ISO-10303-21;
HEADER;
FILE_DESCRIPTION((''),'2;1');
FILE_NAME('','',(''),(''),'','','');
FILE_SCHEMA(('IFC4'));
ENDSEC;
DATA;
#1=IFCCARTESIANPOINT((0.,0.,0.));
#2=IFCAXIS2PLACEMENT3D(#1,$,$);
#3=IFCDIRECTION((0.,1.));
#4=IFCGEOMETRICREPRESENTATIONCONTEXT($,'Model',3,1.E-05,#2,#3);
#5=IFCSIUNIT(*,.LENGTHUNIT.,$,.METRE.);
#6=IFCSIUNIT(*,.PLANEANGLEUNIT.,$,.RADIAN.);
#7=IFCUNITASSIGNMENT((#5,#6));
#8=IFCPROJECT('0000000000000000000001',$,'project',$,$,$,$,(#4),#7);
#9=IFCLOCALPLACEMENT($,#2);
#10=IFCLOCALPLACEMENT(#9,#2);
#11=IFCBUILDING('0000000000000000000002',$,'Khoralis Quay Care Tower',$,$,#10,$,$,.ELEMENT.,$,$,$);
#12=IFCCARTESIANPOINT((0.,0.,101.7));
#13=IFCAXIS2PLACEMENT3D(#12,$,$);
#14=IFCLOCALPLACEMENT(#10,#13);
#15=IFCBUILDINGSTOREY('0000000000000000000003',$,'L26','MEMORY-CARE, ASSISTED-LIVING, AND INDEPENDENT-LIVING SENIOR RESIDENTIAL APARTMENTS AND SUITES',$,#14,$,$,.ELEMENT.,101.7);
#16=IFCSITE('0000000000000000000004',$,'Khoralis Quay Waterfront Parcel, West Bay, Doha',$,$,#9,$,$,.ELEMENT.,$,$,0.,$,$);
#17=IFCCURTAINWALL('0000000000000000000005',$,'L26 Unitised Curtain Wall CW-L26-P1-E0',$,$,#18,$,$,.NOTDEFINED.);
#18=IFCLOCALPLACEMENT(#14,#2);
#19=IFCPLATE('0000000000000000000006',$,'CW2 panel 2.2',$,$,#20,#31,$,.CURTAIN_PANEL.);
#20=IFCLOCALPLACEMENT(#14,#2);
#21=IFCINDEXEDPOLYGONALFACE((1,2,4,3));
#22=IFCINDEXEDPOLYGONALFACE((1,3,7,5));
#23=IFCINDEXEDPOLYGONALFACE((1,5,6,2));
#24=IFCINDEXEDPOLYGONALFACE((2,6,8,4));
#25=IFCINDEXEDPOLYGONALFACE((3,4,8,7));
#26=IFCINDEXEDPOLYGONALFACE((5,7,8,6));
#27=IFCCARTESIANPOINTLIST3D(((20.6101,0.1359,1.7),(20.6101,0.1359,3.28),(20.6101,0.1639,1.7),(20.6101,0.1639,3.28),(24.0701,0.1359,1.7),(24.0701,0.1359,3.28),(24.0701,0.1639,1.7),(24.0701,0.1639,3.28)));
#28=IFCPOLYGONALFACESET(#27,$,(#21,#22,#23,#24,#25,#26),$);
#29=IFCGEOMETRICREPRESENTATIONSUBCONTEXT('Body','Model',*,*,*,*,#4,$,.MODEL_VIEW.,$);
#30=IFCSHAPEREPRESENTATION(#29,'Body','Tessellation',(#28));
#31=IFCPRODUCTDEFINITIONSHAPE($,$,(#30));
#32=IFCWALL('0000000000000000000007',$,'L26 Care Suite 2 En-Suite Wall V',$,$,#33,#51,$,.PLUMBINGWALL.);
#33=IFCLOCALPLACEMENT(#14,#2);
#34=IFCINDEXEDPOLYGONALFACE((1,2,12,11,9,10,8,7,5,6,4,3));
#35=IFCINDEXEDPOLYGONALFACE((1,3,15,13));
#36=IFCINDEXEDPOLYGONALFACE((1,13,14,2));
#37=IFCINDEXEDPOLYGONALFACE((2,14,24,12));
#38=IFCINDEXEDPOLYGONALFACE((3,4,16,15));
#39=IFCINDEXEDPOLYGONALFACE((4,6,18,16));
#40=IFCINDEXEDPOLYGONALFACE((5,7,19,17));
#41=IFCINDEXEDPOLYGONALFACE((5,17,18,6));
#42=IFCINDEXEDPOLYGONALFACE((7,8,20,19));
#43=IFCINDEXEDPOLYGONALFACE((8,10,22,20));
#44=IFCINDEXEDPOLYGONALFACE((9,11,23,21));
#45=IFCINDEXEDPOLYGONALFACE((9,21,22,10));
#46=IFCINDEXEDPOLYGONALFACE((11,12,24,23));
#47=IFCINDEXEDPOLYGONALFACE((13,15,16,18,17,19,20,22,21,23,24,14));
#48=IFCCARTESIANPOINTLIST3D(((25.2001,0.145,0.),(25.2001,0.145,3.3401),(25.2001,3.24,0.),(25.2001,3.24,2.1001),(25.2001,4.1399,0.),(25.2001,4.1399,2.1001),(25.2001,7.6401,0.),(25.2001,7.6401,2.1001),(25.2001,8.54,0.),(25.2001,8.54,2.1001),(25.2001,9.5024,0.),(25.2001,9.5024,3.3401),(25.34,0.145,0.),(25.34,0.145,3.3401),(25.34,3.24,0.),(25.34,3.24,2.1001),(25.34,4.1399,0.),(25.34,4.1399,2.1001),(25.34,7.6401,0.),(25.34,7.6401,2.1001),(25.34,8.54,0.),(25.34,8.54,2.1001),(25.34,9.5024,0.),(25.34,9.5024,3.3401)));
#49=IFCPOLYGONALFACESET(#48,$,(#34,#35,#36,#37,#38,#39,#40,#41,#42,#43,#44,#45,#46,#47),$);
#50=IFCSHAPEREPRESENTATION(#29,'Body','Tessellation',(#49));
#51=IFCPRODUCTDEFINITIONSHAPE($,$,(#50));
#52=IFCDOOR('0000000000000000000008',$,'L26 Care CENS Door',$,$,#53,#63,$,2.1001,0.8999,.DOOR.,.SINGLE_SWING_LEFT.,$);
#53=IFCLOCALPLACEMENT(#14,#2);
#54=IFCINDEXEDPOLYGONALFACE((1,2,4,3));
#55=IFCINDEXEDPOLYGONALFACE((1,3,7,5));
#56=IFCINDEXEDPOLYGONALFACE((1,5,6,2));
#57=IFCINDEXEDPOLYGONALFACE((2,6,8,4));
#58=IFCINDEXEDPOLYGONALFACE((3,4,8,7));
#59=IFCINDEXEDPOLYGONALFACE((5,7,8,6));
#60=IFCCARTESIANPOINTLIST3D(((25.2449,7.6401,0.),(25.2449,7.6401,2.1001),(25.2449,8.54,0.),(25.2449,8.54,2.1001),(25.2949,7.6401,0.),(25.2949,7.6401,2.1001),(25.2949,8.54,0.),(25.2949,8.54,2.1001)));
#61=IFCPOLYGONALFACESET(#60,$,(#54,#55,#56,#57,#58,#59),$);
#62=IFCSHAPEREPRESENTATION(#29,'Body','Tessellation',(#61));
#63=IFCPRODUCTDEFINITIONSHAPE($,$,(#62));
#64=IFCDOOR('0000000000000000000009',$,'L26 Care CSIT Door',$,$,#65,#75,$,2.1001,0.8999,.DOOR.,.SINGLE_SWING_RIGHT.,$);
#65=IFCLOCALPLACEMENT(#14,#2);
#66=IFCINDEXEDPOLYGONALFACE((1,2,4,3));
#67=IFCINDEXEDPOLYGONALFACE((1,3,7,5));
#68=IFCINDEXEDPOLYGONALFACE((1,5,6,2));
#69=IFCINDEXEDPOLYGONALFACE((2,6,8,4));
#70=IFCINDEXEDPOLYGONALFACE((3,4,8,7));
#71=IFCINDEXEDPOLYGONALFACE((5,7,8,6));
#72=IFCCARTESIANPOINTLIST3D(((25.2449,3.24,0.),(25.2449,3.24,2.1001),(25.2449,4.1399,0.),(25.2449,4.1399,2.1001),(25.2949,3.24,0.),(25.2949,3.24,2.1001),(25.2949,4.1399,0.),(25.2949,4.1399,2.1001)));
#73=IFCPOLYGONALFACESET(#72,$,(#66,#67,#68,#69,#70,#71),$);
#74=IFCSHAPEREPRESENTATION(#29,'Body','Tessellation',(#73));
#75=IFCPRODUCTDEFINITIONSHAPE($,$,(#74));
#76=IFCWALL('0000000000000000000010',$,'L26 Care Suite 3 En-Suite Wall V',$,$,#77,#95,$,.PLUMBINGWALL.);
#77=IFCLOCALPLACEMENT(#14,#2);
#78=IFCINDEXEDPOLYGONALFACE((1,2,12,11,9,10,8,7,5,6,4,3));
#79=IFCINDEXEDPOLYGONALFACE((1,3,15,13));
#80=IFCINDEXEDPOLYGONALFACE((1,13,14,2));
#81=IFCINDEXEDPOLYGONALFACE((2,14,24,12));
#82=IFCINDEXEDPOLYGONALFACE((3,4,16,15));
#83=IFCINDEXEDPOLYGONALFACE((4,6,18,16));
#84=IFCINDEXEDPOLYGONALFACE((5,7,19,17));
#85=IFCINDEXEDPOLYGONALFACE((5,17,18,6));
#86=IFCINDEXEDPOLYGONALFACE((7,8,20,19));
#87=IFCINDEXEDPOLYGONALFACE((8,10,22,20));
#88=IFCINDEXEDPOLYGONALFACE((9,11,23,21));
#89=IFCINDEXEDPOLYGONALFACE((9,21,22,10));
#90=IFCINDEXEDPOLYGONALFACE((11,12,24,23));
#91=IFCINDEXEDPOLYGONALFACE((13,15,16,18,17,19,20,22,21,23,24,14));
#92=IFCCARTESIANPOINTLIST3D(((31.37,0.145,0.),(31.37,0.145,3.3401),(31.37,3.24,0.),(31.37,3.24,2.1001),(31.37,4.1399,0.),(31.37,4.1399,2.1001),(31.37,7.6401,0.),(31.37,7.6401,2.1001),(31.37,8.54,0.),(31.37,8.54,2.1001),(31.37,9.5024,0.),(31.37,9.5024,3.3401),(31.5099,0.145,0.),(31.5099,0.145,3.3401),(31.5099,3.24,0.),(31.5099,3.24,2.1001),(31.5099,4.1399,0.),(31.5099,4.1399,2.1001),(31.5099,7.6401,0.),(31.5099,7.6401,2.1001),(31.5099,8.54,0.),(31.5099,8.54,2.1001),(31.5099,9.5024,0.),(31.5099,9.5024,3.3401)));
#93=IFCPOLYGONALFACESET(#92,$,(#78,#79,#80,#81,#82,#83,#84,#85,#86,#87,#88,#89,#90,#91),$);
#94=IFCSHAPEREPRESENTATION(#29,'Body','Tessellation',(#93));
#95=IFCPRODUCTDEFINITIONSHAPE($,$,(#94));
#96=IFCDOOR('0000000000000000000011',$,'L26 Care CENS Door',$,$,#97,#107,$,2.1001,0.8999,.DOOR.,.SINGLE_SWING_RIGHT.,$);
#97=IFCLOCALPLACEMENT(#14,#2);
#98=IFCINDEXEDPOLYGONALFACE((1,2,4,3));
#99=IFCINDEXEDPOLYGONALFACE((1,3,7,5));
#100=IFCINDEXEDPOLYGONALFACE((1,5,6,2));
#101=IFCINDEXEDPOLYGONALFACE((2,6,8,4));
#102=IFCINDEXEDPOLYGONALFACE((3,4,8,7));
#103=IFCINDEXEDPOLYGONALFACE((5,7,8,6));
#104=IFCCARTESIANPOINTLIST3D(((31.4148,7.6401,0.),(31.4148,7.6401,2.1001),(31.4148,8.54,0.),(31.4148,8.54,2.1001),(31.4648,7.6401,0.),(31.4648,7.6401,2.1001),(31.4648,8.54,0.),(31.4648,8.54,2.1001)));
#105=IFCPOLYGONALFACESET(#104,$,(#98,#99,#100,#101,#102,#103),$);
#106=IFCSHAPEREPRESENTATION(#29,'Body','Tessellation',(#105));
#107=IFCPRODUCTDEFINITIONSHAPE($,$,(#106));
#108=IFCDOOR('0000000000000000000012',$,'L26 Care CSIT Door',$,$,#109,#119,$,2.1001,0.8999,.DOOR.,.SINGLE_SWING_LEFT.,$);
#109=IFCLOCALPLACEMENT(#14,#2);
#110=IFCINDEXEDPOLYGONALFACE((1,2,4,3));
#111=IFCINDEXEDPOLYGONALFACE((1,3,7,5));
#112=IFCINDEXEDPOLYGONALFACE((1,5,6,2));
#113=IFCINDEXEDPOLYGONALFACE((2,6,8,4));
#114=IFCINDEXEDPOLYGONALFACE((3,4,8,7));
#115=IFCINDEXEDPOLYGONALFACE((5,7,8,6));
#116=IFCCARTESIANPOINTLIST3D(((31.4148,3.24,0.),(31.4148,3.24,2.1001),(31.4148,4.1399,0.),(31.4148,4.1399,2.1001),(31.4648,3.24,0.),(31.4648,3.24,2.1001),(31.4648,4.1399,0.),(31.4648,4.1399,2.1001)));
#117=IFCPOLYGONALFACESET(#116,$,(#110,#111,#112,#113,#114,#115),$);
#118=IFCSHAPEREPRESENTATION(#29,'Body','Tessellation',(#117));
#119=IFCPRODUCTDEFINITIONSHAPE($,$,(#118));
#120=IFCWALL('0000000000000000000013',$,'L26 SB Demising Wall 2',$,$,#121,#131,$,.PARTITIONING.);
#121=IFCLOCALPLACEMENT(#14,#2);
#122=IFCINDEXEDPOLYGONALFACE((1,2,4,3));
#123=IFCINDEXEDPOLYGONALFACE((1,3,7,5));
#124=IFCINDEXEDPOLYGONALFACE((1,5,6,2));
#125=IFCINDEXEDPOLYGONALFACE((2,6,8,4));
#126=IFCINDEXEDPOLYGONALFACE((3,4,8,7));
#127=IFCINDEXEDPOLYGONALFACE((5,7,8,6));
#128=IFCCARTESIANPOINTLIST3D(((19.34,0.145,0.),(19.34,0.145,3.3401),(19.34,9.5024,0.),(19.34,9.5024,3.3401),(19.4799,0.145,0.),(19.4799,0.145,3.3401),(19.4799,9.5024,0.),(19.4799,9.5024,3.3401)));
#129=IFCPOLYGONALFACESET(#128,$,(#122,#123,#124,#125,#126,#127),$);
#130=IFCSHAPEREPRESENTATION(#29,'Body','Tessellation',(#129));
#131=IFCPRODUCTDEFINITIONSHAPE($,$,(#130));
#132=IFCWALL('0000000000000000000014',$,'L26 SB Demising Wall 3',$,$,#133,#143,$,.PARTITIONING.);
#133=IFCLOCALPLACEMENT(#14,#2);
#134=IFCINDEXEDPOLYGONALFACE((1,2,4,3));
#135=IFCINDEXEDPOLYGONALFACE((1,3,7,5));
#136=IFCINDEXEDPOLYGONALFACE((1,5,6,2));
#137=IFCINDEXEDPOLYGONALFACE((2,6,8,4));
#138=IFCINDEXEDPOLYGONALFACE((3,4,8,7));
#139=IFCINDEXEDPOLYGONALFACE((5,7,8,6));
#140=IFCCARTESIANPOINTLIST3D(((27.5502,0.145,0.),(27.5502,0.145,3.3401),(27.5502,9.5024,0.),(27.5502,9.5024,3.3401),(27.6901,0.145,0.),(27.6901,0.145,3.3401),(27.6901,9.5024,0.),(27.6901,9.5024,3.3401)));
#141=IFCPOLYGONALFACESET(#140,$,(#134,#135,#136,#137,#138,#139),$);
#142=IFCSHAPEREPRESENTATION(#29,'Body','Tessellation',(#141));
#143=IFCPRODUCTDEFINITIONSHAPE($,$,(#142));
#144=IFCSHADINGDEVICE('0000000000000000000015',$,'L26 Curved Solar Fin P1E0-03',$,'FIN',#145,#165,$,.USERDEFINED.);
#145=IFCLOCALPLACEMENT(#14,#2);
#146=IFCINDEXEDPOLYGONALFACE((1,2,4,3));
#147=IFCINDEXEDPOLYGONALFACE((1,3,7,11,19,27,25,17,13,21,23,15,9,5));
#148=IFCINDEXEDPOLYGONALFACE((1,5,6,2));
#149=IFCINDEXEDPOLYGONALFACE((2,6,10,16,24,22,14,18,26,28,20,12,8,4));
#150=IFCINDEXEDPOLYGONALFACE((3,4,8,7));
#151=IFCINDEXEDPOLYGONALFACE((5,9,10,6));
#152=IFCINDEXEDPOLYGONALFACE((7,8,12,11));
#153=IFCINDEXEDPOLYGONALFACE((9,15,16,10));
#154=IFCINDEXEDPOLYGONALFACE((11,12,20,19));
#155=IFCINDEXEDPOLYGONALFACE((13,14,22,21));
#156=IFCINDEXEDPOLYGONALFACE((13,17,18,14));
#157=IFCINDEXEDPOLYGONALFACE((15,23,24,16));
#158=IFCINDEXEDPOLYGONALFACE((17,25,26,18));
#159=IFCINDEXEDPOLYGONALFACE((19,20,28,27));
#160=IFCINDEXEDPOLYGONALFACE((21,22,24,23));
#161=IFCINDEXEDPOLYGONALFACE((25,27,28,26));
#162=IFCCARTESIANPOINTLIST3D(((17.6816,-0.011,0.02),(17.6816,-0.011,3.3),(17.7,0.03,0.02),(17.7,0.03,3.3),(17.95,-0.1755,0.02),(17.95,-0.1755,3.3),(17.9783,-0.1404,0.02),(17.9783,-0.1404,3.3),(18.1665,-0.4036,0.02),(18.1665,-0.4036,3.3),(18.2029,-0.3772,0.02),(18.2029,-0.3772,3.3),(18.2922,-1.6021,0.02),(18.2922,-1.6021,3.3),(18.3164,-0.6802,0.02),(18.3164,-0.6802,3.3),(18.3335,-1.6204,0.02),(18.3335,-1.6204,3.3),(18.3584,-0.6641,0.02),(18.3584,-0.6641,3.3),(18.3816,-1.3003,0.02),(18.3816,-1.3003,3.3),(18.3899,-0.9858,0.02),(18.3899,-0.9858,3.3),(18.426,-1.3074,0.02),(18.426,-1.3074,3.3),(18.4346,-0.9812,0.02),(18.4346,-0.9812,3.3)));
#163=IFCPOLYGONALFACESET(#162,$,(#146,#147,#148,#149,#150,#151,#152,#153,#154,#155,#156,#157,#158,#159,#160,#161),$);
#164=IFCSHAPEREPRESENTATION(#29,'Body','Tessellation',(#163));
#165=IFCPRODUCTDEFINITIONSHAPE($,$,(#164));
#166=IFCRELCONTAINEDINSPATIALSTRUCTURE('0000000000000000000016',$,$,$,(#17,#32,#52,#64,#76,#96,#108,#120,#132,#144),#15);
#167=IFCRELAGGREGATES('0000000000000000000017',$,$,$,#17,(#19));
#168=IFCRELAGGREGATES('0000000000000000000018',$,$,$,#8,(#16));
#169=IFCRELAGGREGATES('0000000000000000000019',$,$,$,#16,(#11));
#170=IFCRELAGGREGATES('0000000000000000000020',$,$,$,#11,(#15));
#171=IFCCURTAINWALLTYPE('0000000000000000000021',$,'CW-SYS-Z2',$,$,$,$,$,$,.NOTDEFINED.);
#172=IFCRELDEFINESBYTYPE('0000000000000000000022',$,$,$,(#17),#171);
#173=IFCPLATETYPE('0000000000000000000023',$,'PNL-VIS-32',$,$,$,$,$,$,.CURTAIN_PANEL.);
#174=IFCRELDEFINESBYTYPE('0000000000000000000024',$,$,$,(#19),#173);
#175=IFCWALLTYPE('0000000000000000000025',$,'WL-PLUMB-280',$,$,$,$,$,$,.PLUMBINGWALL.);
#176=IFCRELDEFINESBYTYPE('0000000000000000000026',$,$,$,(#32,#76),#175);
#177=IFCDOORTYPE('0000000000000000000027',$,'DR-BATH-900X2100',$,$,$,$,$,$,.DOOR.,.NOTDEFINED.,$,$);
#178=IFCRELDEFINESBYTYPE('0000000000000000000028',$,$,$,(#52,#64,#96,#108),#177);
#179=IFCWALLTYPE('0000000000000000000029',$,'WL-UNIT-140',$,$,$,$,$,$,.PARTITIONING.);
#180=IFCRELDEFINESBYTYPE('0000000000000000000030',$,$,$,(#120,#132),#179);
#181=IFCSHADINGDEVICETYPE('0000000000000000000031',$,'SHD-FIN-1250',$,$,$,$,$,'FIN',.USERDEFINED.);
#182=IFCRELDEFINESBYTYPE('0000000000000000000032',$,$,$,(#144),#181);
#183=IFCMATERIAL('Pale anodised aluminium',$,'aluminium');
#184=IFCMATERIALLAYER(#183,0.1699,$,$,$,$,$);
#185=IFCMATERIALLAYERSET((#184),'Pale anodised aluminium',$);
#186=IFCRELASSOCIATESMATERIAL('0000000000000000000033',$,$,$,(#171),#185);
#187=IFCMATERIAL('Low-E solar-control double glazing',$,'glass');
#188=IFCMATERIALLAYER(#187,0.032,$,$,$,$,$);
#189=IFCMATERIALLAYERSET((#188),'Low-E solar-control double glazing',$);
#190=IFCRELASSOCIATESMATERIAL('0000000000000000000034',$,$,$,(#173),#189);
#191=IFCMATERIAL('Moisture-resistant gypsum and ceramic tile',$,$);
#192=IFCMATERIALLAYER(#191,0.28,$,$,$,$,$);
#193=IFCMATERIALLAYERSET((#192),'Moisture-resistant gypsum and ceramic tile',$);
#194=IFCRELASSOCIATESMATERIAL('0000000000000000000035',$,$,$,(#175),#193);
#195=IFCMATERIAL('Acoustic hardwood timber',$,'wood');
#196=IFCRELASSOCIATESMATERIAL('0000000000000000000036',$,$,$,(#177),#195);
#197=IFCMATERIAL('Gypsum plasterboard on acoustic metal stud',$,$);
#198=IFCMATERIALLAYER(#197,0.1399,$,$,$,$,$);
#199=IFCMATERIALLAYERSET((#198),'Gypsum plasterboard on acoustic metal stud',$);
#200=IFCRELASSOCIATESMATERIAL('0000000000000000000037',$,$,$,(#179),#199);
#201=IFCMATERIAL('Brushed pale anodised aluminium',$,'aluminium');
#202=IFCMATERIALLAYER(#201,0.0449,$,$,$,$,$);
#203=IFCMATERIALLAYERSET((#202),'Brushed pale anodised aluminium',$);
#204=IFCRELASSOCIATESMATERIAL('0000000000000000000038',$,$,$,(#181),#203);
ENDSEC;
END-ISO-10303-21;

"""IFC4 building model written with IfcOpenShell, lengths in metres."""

from ifc_helpers import new_model, si_unit, direction, frame, frame_2d, origin, origin_2d, place, context, subcontext, project, spatial, polyline, rectangle, outline, extrude, source, transform, mapped, material, layer, layer_set, type_object, element, fill, aggregate, save


model = new_model("IFC4")

# Units and contexts
model_context = context("Model", 3, precision=1e-05, world=origin(), true_north=direction((0.0, 1.0)))
body_context = subcontext(model_context, "Body", "Model", "MODEL_VIEW")
ifc_project = project(units=[si_unit("LENGTHUNIT", "METRE"), si_unit("PLANEANGLEUNIT", "RADIAN")], contexts=[model_context])

# Site, building, storey
site_placement = place(None, origin())
site = spatial("IfcSite", under=ifc_project, at=site_placement, Name="Khoralis Quay Waterfront Parcel, West Bay, Doha", CompositionType="ELEMENT", RefElevation=0.0)
building_placement = place(site_placement, origin())
building = spatial("IfcBuilding", under=site, at=building_placement, Name="Khoralis Quay Care Tower", CompositionType="ELEMENT")
storey_placement = place(building_placement, frame((0.0, 0.0, 101.7)))
storey = spatial("IfcBuildingStorey", under=building, at=storey_placement, Name="L26", Description="MEMORY-CARE, ASSISTED-LIVING, AND INDEPENDENT-LIVING SENIOR RESIDENTIAL APARTMENTS AND SUITES", CompositionType="ELEMENT", Elevation=101.7)

# Curtain wall, plate
ifc_material_1 = material(Name="Pale anodised aluminium", Category="aluminium")
ifc_layer_1 = layer(ifc_material_1, 0.1699)
ifc_layer_set_1 = layer_set([ifc_layer_1], Name="Pale anodised aluminium")
curtain_wall_type = type_object("IfcCurtainWallType", Name="CW-SYS-Z2", PredefinedType="NOTDEFINED", material=ifc_layer_set_1)
curtain_wall_placement = place(storey_placement, origin())
curtain_wall = element("IfcCurtainWall", 1, at=curtain_wall_placement, inside=storey, type_object=curtain_wall_type, Name="L26 Unitised Curtain Wall CW-L26-P1-E0", PredefinedType="NOTDEFINED")
ifc_material_2 = material(Name="Low-E solar-control double glazing", Category="glass")
ifc_layer_2 = layer(ifc_material_2, 0.032)
ifc_layer_set_2 = layer_set([ifc_layer_2], Name="Low-E solar-control double glazing")
plate_type = type_object("IfcPlateType", Name="PNL-VIS-32", PredefinedType="CURTAIN_PANEL", material=ifc_layer_set_2)
shared_shape_1 = source(origin(), body_context, "Body", "SweptSolid", [
    extrude(rectangle(XDim=3.46, YDim=0.0281, at=origin_2d()), origin(), (0.0, 0.0, 1.0), 1.5801),
])
plate_1_placement = place(storey_placement, frame((22.3401, 0.1499, 1.7), z_axis=(0.0, 0.0, 1.0), x_axis=(1.0, 0.0, 0.0)))
plate_1 = element("IfcPlate", 2, at=plate_1_placement, type_object=plate_type, Name="CW2 panel 2.2", PredefinedType="CURTAIN_PANEL", context=body_context, shape_type="MappedRepresentation", body=[
    mapped(shared_shape_1, transform((0.0, 0.0, 0.0), scale=1.0)),
])
aggregate(curtain_wall, [plate_1])

# Walls, openings, doors
ifc_material_3 = material(Name="Moisture-resistant gypsum and ceramic tile")
ifc_layer_3 = layer(ifc_material_3, 0.28)
ifc_layer_set_3 = layer_set([ifc_layer_3], Name="Moisture-resistant gypsum and ceramic tile")
wall_type_1 = type_object("IfcWallType", Name="WL-PLUMB-280", PredefinedType="PLUMBINGWALL", material=ifc_layer_set_3)
wall_1_placement = place(storey_placement, frame((25.27, 0.145, 0.0), z_axis=(0.0, 0.0, 1.0), x_axis=(0.0, 1.0, 0.0)))
wall_1 = element("IfcWall", 3, at=wall_1_placement, inside=storey, type_object=wall_type_1, Name="L26 Care Suite 2 En-Suite Wall V", PredefinedType="PLUMBINGWALL", context=body_context, shape_type="SweptSolid", body=[
    extrude(rectangle(XDim=9.3574, YDim=0.1399, at=frame_2d((4.6787, 0.0))), origin(), (0.0, 0.0, 1.0), 3.3401),
])
opening_1_placement = place(wall_1_placement, frame((7.4951, 0.0, 0.0)))
opening_1 = element("IfcOpeningElement", 4, at=opening_1_placement, cuts=wall_1, PredefinedType="OPENING", context=body_context, shape_type="SweptSolid", body=[
    extrude(rectangle(XDim=0.8999, YDim=2.1001, at=frame_2d((0.45, 1.05))), frame((0.0, 0.0801, 0.0), z_axis=(0.0, -1.0, 0.0), x_axis=(1.0, 0.0, 0.0)), (0.0, 0.0, 1.0), 0.1599),
])
opening_2_placement = place(wall_1_placement, frame((3.095, 0.0, 0.0)))
opening_2 = element("IfcOpeningElement", 5, at=opening_2_placement, cuts=wall_1, PredefinedType="OPENING", context=body_context, shape_type="SweptSolid", body=[
    extrude(rectangle(XDim=0.8999, YDim=2.1001, at=frame_2d((0.45, 1.05))), frame((0.0, 0.0801, 0.0), z_axis=(0.0, -1.0, 0.0), x_axis=(1.0, 0.0, 0.0)), (0.0, 0.0, 1.0), 0.1599),
])
ifc_material_4 = material(Name="Acoustic hardwood timber", Category="wood")
door_type = type_object("IfcDoorType", Name="DR-BATH-900X2100", OperationType="NOTDEFINED", PredefinedType="DOOR", material=ifc_material_4)
shared_shape_2 = source(origin(), body_context, "Body", "SweptSolid", [
    extrude(rectangle(XDim=0.8999, YDim=2.1001, at=frame_2d((0.45, 1.05))), frame((0.0, 0.0249, 0.0), z_axis=(0.0, -1.0, 0.0), x_axis=(1.0, 0.0, 0.0)), (0.0, 0.0, 1.0), 0.05),
])
door_1_placement = place(opening_1_placement, frame((0.8999, 0.0, 0.0), z_axis=(0.0, 0.0, 1.0), x_axis=(-1.0, 0.0, 0.0)))
door_1 = element("IfcDoor", 6, at=door_1_placement, inside=storey, type_object=door_type, Name="L26 Care CENS Door", OperationType="SINGLE_SWING_LEFT", OverallHeight=2.1001, OverallWidth=0.8999, PredefinedType="DOOR", context=body_context, shape_type="MappedRepresentation", body=[
    mapped(shared_shape_2, transform((0.0, 0.0, 0.0), scale=1.0)),
])
fill(opening_1, door_1)
door_2_placement = place(opening_2_placement, frame((0.8999, 0.0, 0.0), z_axis=(0.0, 0.0, 1.0), x_axis=(-1.0, 0.0, 0.0)))
door_2 = element("IfcDoor", 7, at=door_2_placement, inside=storey, type_object=door_type, Name="L26 Care CSIT Door", OperationType="SINGLE_SWING_RIGHT", OverallHeight=2.1001, OverallWidth=0.8999, PredefinedType="DOOR", context=body_context, shape_type="MappedRepresentation", body=[
    mapped(shared_shape_2, transform((0.0, 0.0, 0.0), scale=1.0)),
])
fill(opening_2, door_2)
wall_2_placement = place(storey_placement, frame((31.4399, 0.145, 0.0), z_axis=(0.0, 0.0, 1.0), x_axis=(0.0, 1.0, 0.0)))
wall_2 = element("IfcWall", 8, at=wall_2_placement, inside=storey, type_object=wall_type_1, Name="L26 Care Suite 3 En-Suite Wall V", PredefinedType="PLUMBINGWALL", context=body_context, shape_type="SweptSolid", body=[
    extrude(rectangle(XDim=9.3574, YDim=0.1399, at=frame_2d((4.6787, 0.0))), origin(), (0.0, 0.0, 1.0), 3.3401),
])
opening_3_placement = place(wall_2_placement, frame((7.4951, 0.0, 0.0)))
opening_3 = element("IfcOpeningElement", 9, at=opening_3_placement, cuts=wall_2, PredefinedType="OPENING", context=body_context, shape_type="SweptSolid", body=[
    extrude(rectangle(XDim=0.8999, YDim=2.1001, at=frame_2d((0.45, 1.05))), frame((0.0, 0.0801, 0.0), z_axis=(0.0, -1.0, 0.0), x_axis=(1.0, 0.0, 0.0)), (0.0, 0.0, 1.0), 0.1599),
])
opening_4_placement = place(wall_2_placement, frame((3.095, 0.0, 0.0)))
opening_4 = element("IfcOpeningElement", 10, at=opening_4_placement, cuts=wall_2, PredefinedType="OPENING", context=body_context, shape_type="SweptSolid", body=[
    extrude(rectangle(XDim=0.8999, YDim=2.1001, at=frame_2d((0.45, 1.05))), frame((0.0, 0.0801, 0.0), z_axis=(0.0, -1.0, 0.0), x_axis=(1.0, 0.0, 0.0)), (0.0, 0.0, 1.0), 0.1599),
])
door_3_placement = place(opening_3_placement, frame((0.8999, 0.0, 0.0), z_axis=(0.0, 0.0, 1.0), x_axis=(-1.0, 0.0, 0.0)))
door_3 = element("IfcDoor", 11, at=door_3_placement, inside=storey, type_object=door_type, Name="L26 Care CENS Door", OperationType="SINGLE_SWING_RIGHT", OverallHeight=2.1001, OverallWidth=0.8999, PredefinedType="DOOR", context=body_context, shape_type="MappedRepresentation", body=[
    mapped(shared_shape_2, transform((0.0, 0.0, 0.0), scale=1.0)),
])
fill(opening_3, door_3)
door_4_placement = place(opening_4_placement, frame((0.8999, 0.0, 0.0), z_axis=(0.0, 0.0, 1.0), x_axis=(-1.0, 0.0, 0.0)))
door_4 = element("IfcDoor", 12, at=door_4_placement, inside=storey, type_object=door_type, Name="L26 Care CSIT Door", OperationType="SINGLE_SWING_LEFT", OverallHeight=2.1001, OverallWidth=0.8999, PredefinedType="DOOR", context=body_context, shape_type="MappedRepresentation", body=[
    mapped(shared_shape_2, transform((0.0, 0.0, 0.0), scale=1.0)),
])
fill(opening_4, door_4)

# Walls
ifc_material_5 = material(Name="Gypsum plasterboard on acoustic metal stud")
ifc_layer_4 = layer(ifc_material_5, 0.1399)
ifc_layer_set_4 = layer_set([ifc_layer_4], Name="Gypsum plasterboard on acoustic metal stud")
wall_type_2 = type_object("IfcWallType", Name="WL-UNIT-140", PredefinedType="PARTITIONING", material=ifc_layer_set_4)
for number, where, z_axis, x_axis, name in (
    (13, (19.4099, 0.145, 0.0), (0.0, 0.0, 1.0), (0.0, 1.0, 0.0), "L26 SB Demising Wall 2"),
    (14, (27.6201, 0.145, 0.0), (0.0, 0.0, 1.0), (0.0, 1.0, 0.0), "L26 SB Demising Wall 3"),
):
    element("IfcWall", number, at=place(storey_placement, frame(where, z_axis=z_axis, x_axis=x_axis)), inside=storey, type_object=wall_type_2, Name=name, PredefinedType="PARTITIONING", context=body_context, shape_type="SweptSolid", body=[
        extrude(rectangle(XDim=9.3574, YDim=0.1399, at=frame_2d((4.6787, 0.0))), origin(), (0.0, 0.0, 1.0), 3.3401),
    ])

# Shading device
ifc_material_6 = material(Name="Brushed pale anodised aluminium", Category="aluminium")
ifc_layer_5 = layer(ifc_material_6, 0.0449)
ifc_layer_set_5 = layer_set([ifc_layer_5], Name="Brushed pale anodised aluminium")
shading_device_type = type_object("IfcShadingDeviceType", Name="SHD-FIN-1250", ElementType="FIN", PredefinedType="USERDEFINED", material=ifc_layer_set_5)
shared_shape_3 = source(origin(), body_context, "Body", "SweptSolid", [
    extrude(outline(polyline([(0.0, 0.0), (0.1704, 0.2783), (0.4072, 0.5029), (0.6941, 0.6584), (1.0112, 0.7346), (1.3374, 0.7261), (1.6504, 0.6335), (1.6321, 0.5923), (1.3303, 0.6816), (1.0159, 0.6899), (0.7102, 0.6165), (0.4336, 0.4666), (0.2056, 0.25), (0.041, -0.0183), (0.0, 0.0)])), origin(), (0.0, 0.0, 1.0), 3.28),
])
for number, where, z_axis, x_axis, name in (
    (15, (17.7, 0.03, 0.02), (0.0, 0.0, 1.0), (0.0, -1.0, 0.0), "L26 Curved Solar Fin P1E0-03"),
):
    element("IfcShadingDevice", number, at=place(storey_placement, frame(where, z_axis=z_axis, x_axis=x_axis)), inside=storey, type_object=shading_device_type, Name=name, ObjectType="FIN", PredefinedType="USERDEFINED", context=body_context, shape_type="MappedRepresentation", body=[
        mapped(shared_shape_3, transform((0.0, 0.0, 0.0), scale=1.0)),
    ])

save(model, "model.ifc")
